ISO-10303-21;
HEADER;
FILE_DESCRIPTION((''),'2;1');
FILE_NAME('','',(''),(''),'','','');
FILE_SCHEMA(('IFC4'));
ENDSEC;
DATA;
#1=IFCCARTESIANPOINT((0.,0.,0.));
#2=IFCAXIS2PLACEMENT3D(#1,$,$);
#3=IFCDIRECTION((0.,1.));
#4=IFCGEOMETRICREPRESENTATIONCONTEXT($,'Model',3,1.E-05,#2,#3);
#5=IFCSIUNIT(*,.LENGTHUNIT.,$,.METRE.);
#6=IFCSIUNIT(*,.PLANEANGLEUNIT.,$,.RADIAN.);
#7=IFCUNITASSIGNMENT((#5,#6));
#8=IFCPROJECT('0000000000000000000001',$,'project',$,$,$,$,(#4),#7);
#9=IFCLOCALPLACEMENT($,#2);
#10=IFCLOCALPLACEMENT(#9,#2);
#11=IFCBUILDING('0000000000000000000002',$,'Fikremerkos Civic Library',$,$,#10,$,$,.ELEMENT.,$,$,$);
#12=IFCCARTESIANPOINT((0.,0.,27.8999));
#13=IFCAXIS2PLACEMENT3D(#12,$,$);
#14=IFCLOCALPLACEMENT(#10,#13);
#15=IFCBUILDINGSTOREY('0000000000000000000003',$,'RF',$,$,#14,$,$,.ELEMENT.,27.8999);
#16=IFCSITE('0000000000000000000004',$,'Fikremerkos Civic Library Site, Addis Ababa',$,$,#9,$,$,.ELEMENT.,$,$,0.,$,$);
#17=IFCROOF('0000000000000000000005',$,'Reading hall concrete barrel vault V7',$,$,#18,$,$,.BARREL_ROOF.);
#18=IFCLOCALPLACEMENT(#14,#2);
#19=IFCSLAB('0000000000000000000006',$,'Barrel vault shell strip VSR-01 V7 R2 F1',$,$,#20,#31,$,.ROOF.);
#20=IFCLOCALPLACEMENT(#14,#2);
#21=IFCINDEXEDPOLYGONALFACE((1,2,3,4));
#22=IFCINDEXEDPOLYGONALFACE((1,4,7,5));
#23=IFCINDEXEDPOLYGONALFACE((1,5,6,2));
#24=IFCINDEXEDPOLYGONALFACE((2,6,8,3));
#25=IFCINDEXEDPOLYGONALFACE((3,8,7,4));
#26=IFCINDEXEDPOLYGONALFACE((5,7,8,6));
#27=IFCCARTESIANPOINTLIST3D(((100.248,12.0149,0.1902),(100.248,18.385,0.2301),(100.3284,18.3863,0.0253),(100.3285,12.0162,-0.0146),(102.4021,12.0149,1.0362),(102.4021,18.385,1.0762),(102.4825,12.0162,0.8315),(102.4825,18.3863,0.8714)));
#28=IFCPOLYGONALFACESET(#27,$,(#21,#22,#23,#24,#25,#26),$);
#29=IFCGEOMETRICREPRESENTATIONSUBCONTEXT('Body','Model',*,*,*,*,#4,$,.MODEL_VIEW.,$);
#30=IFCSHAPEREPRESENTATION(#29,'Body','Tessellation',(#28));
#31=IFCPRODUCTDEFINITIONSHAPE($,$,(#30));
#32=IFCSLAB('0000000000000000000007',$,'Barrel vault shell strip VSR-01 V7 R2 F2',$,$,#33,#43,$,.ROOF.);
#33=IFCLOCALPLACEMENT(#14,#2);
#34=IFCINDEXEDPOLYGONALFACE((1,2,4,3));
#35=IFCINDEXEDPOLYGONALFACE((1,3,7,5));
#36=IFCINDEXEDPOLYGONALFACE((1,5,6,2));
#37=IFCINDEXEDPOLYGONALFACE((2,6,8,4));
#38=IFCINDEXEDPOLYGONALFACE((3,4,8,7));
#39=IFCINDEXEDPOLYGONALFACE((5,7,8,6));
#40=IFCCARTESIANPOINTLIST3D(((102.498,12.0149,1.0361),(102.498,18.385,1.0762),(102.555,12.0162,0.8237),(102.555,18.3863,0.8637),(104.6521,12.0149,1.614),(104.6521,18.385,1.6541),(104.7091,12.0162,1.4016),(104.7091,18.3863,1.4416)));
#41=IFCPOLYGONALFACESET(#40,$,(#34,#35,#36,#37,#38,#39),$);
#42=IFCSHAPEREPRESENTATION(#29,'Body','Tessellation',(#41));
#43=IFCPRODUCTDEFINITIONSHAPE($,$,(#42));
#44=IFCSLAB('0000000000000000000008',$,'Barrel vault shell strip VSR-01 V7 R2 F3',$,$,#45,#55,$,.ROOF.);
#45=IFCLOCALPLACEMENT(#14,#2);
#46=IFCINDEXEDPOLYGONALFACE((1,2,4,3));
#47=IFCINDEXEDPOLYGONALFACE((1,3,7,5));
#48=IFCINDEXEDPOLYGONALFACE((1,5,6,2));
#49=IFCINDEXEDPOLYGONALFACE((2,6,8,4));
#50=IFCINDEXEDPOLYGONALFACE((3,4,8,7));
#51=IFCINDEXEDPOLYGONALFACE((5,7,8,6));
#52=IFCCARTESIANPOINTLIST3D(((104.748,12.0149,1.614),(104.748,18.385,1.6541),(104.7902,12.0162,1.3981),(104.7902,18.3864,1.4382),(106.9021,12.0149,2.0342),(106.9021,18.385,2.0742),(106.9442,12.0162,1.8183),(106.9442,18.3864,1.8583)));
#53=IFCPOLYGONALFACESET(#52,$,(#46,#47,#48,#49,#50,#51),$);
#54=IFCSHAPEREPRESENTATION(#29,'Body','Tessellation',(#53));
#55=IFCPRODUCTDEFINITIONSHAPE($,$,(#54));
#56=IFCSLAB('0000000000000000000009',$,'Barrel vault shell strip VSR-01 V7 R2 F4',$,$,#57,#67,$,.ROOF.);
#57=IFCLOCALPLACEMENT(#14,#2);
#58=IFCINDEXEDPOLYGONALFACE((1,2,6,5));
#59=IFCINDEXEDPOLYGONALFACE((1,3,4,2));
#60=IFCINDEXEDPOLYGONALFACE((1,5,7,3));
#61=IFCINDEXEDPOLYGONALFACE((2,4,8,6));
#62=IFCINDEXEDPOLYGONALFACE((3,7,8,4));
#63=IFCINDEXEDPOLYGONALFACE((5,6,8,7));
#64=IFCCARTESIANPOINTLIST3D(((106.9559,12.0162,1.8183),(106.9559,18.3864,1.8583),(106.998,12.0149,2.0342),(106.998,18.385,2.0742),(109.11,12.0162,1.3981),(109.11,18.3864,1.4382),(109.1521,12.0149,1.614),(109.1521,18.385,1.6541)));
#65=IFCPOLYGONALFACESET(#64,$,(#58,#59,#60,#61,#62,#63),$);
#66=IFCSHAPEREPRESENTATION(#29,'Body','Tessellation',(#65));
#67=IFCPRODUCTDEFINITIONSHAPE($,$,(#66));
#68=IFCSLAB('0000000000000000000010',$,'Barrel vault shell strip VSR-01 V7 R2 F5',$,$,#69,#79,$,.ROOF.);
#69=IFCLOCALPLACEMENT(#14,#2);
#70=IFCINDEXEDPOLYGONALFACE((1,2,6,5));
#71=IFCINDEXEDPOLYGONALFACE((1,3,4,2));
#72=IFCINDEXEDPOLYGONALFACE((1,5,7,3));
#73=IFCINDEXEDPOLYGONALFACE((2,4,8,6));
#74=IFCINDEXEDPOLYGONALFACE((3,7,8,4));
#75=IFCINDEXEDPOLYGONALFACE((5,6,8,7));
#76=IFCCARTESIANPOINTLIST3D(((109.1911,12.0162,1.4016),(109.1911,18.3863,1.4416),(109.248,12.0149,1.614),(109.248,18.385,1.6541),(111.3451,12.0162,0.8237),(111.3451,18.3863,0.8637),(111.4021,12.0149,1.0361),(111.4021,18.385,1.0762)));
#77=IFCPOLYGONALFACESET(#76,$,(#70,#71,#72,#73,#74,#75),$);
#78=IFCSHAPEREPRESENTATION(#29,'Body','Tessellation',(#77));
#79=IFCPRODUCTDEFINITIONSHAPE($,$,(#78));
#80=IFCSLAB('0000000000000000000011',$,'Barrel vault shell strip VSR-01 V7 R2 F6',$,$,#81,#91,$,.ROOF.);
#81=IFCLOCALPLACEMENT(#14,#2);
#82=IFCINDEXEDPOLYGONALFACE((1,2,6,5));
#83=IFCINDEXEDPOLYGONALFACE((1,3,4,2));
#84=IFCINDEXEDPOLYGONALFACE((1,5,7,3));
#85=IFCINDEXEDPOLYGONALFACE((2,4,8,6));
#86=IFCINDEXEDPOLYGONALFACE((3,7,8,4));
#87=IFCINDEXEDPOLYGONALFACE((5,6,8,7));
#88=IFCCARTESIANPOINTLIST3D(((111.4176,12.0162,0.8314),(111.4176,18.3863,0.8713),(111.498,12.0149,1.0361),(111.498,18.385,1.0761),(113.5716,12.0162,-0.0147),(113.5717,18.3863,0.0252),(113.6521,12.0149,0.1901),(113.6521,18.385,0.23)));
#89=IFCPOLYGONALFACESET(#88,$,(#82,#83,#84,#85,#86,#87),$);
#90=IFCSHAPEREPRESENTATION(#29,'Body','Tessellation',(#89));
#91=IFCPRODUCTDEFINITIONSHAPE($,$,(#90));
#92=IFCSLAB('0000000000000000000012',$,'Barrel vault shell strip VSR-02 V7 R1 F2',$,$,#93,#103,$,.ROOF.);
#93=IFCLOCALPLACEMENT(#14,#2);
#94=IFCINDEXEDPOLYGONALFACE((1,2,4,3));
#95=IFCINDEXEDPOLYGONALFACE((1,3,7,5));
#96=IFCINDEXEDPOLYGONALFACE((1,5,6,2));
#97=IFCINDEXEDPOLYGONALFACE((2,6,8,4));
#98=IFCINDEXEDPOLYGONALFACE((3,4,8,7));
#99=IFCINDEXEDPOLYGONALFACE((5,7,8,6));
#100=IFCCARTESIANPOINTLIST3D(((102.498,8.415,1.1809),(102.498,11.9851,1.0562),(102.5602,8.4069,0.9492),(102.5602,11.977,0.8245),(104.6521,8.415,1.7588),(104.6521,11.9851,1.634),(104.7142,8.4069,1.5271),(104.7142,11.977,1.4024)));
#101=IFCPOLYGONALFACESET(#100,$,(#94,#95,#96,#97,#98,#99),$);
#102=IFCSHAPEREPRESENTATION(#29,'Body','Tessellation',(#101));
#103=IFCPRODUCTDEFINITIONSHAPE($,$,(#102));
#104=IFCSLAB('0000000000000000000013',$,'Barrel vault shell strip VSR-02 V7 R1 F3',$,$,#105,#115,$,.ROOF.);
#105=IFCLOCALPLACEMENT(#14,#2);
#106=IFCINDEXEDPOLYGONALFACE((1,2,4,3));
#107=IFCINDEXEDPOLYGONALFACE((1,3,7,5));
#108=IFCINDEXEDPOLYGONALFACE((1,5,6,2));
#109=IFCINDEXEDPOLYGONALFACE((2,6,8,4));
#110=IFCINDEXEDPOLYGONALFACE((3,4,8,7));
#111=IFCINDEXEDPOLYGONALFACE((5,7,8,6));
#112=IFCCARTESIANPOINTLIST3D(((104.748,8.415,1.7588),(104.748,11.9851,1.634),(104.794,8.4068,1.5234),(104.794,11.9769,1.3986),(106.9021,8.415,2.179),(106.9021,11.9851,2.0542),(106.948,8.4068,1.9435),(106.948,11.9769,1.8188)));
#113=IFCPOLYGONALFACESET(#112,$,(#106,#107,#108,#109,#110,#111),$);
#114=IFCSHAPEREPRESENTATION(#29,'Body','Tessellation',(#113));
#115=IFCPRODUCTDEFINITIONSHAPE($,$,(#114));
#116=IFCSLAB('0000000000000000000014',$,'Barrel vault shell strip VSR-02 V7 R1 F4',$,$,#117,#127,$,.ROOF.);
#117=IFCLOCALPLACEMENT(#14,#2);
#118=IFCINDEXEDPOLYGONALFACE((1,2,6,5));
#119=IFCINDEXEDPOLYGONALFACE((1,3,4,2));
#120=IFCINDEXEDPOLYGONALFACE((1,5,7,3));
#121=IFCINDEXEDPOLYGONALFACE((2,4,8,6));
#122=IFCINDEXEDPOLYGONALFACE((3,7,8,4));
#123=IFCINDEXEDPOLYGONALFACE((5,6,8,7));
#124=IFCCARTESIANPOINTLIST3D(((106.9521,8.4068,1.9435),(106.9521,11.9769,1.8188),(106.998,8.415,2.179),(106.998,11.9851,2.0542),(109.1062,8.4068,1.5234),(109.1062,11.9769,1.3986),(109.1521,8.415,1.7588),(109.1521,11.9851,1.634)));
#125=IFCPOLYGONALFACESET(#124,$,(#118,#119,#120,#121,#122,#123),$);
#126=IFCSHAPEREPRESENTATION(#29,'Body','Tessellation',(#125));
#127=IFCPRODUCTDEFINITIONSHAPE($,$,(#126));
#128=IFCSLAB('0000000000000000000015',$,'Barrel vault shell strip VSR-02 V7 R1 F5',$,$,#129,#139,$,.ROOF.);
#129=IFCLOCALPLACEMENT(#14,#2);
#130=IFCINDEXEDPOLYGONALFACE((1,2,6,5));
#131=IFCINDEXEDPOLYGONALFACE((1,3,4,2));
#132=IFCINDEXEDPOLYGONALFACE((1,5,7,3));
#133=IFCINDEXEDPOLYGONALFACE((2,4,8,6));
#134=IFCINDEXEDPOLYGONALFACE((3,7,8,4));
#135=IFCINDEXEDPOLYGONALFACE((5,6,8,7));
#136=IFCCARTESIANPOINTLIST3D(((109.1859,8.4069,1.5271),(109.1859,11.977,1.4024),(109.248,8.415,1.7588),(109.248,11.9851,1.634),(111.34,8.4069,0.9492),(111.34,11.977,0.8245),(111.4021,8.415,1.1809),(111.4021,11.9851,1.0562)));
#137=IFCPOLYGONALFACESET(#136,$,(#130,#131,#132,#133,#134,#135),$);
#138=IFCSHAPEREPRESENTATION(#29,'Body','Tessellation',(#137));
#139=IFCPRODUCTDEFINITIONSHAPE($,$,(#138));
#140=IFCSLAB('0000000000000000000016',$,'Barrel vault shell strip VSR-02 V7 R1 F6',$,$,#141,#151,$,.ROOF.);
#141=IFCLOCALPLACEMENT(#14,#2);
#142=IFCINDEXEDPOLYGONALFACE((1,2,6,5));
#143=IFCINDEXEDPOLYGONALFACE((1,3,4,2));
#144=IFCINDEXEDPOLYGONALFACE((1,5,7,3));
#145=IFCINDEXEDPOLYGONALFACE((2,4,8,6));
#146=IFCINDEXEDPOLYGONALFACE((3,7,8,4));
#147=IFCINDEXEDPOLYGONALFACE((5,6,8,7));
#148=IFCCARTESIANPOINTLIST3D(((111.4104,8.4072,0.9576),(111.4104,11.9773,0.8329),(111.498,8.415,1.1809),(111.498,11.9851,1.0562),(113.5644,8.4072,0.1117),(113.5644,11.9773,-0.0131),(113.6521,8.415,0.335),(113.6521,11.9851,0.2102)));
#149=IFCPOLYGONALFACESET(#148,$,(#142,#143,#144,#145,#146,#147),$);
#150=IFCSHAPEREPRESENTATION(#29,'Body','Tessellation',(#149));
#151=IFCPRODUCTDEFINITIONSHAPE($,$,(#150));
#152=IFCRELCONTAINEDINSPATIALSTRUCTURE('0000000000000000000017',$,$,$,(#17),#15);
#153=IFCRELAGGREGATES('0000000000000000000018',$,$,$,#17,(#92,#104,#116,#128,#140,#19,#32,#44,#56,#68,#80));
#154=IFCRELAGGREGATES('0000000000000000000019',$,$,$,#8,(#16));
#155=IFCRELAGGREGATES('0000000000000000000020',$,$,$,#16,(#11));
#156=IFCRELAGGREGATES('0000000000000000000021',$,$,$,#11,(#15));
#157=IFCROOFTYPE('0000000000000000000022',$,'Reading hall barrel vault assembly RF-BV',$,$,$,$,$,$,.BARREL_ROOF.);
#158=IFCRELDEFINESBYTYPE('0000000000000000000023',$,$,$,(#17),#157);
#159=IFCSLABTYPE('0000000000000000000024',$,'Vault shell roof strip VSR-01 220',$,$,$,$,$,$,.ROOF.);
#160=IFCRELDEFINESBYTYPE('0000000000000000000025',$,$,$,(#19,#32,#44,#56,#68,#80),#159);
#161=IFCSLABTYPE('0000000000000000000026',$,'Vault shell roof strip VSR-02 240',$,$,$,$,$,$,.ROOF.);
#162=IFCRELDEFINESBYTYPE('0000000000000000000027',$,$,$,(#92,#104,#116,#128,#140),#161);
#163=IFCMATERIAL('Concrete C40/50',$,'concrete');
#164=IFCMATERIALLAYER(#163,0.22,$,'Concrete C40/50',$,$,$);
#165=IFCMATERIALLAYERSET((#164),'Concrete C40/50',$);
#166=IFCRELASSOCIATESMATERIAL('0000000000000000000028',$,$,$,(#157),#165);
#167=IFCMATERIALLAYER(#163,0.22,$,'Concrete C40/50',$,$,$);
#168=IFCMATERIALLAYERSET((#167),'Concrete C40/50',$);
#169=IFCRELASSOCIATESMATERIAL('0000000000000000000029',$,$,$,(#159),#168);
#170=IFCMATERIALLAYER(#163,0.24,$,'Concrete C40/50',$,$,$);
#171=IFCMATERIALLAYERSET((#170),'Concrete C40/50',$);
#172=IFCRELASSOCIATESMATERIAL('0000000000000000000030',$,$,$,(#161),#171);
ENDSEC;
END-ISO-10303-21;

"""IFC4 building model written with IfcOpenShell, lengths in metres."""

from ifc_helpers import new_model, si_unit, direction, frame, origin, place, context, subcontext, project, spatial, polyline, outline, extrude, material, layer, layer_set, type_object, element, aggregate, save


model = new_model("IFC4")

# Units and contexts
model_context = context("Model", 3, precision=1e-05, world=origin(), true_north=direction((0.0, 1.0)))
body_context = subcontext(model_context, "Body", "Model", "MODEL_VIEW")
ifc_project = project(units=[si_unit("LENGTHUNIT", "METRE"), si_unit("PLANEANGLEUNIT", "RADIAN")], contexts=[model_context])

# Site, building, storey
site_placement = place(None, origin())
site = spatial("IfcSite", under=ifc_project, at=site_placement, Name="Fikremerkos Civic Library Site, Addis Ababa", CompositionType="ELEMENT", RefElevation=0.0)
building_placement = place(site_placement, origin())
building = spatial("IfcBuilding", under=site, at=building_placement, Name="Fikremerkos Civic Library", CompositionType="ELEMENT")
storey_placement = place(building_placement, frame((0.0, 0.0, 27.8999)))
storey = spatial("IfcBuildingStorey", under=building, at=storey_placement, Name="RF", CompositionType="ELEMENT", Elevation=27.8999)

# Roof, slabs
ifc_material_1 = material(Name="Concrete C40/50", Category="concrete")
ifc_layer_1 = layer(ifc_material_1, 0.22, Name="Concrete C40/50")
ifc_layer_set_1 = layer_set([ifc_layer_1], Name="Concrete C40/50")
roof_type = type_object("IfcRoofType", Name="Reading hall barrel vault assembly RF-BV", PredefinedType="BARREL_ROOF", material=ifc_layer_set_1)
roof_placement = place(storey_placement, origin())
roof = element("IfcRoof", 1, at=roof_placement, inside=storey, type_object=roof_type, Name="Reading hall concrete barrel vault V7", PredefinedType="BARREL_ROOF")
ifc_layer_2 = layer(ifc_material_1, 0.22, Name="Concrete C40/50")
ifc_layer_set_2 = layer_set([ifc_layer_2], Name="Concrete C40/50")
slab_type_1 = type_object("IfcSlabType", Name="Vault shell roof strip VSR-01 220", PredefinedType="ROOF", material=ifc_layer_set_2)
slab_1_placement = place(storey_placement, frame((100.248, 12.0149, 0.1902), z_axis=(-0.365584, -0.005832, 0.93076), x_axis=(0.930776, 0.0, 0.36559)))
slab_1 = element("IfcSlab", 2, at=slab_1_placement, type_object=slab_type_1, Name="Barrel vault shell strip VSR-01 V7 R2 F1", PredefinedType="ROOF", context=body_context, shape_type="SweptSolid", body=[
    extrude(outline(polyline([(0.0, 0.0), (2.3142, 0.0), (2.3288, 6.3702), (0.0145, 6.3702), (0.0, 0.0)])), origin(), (0.0, 0.0, -1.0), 0.22),
])
slab_2_placement = place(storey_placement, frame((102.498, 12.0149, 1.0361), z_axis=(-0.259109, -0.006071, 0.965829), x_axis=(0.965847, 0.0, 0.259114)))
slab_2 = element("IfcSlab", 3, at=slab_2_placement, type_object=slab_type_1, Name="Barrel vault shell strip VSR-01 V7 R2 F2", PredefinedType="ROOF", context=body_context, shape_type="SweptSolid", body=[
    extrude(outline(polyline([(0.0, 0.0), (2.2302, 0.0), (2.2406, 6.3702), (0.0104, 6.3702), (0.0, 0.0)])), origin(), (0.0, 0.0, -1.0), 0.22),
])
slab_3_placement = place(storey_placement, frame((104.748, 12.0149, 1.614), z_axis=(-0.191447, -0.006169, 0.981484), x_axis=(0.981502, 0.0, 0.19145)))
slab_3 = element("IfcSlab", 4, at=slab_3_placement, type_object=slab_type_1, Name="Barrel vault shell strip VSR-01 V7 R2 F3", PredefinedType="ROOF", context=body_context, shape_type="SweptSolid", body=[
    extrude(outline(polyline([(0.0, 0.0), (2.1946, 0.0), (2.2023, 6.3702), (0.0077, 6.3702), (0.0, 0.0)])), origin(), (0.0, 0.0, -1.0), 0.22),
])
slab_4_placement = place(storey_placement, frame((106.998, 12.0149, 2.0342), z_axis=(0.191447, -0.006169, 0.981484), x_axis=(0.981502, 0.0, -0.19145)))
slab_4 = element("IfcSlab", 5, at=slab_4_placement, type_object=slab_type_1, Name="Barrel vault shell strip VSR-01 V7 R2 F4", PredefinedType="ROOF", context=body_context, shape_type="SweptSolid", body=[
    extrude(outline(polyline([(0.0, 0.0), (2.1946, 0.0), (2.187, 6.3702), (-0.0077, 6.3702), (0.0, 0.0)])), origin(), (0.0, 0.0, -1.0), 0.22),
])
slab_5_placement = place(storey_placement, frame((109.248, 12.0149, 1.614), z_axis=(0.259109, -0.006071, 0.965829), x_axis=(0.965847, 0.0, -0.259114)))
slab_5 = element("IfcSlab", 6, at=slab_5_placement, type_object=slab_type_1, Name="Barrel vault shell strip VSR-01 V7 R2 F5", PredefinedType="ROOF", context=body_context, shape_type="SweptSolid", body=[
    extrude(outline(polyline([(0.0, 0.0), (2.2302, 0.0), (2.2198, 6.3702), (-0.0104, 6.3702), (0.0, 0.0)])), origin(), (0.0, 0.0, -1.0), 0.22),
])
slab_6_placement = place(storey_placement, frame((111.498, 12.0149, 1.0361), z_axis=(0.365584, -0.005832, 0.93076), x_axis=(0.930776, 0.0, -0.36559)))
slab_6 = element("IfcSlab", 7, at=slab_6_placement, type_object=slab_type_1, Name="Barrel vault shell strip VSR-01 V7 R2 F6", PredefinedType="ROOF", context=body_context, shape_type="SweptSolid", body=[
    extrude(outline(polyline([(0.0, 0.0), (2.3142, 0.0), (2.2997, 6.3702), (-0.0146, 6.3702), (0.0, 0.0)])), origin(), (0.0, 0.0, -1.0), 0.22),
])
ifc_layer_3 = layer(ifc_material_1, 0.24, Name="Concrete C40/50")
ifc_layer_set_3 = layer_set([ifc_layer_3], Name="Concrete C40/50")
slab_type_2 = type_object("IfcSlabType", Name="Vault shell roof strip VSR-02 240", PredefinedType="ROOF", material=ifc_layer_set_3)
slab_7_placement = place(storey_placement, frame((102.498, 8.415, 1.1809), z_axis=(-0.258966, 0.033732, 0.965297), x_axis=(0.965847, 0.0, 0.259114)))
slab_7 = element("IfcSlab", 8, at=slab_7_placement, type_object=slab_type_2, Name="Barrel vault shell strip VSR-02 V7 R1 F2", PredefinedType="ROOF", context=body_context, shape_type="SweptSolid", body=[
    extrude(outline(polyline([(0.0, 0.0), (2.2302, 0.0), (2.1979, 3.5721), (-0.0323, 3.5721), (0.0, 0.0)])), origin(), (0.0, 0.0, -1.0), 0.24),
])
slab_8_placement = place(storey_placement, frame((104.748, 8.415, 1.7588), z_axis=(-0.191338, 0.034278, 0.980926), x_axis=(0.981502, 0.0, 0.19145)))
slab_8 = element("IfcSlab", 9, at=slab_8_placement, type_object=slab_type_2, Name="Barrel vault shell strip VSR-02 V7 R1 F3", PredefinedType="ROOF", context=body_context, shape_type="SweptSolid", body=[
    extrude(outline(polyline([(0.0, 0.0), (2.1946, 0.0), (2.1708, 3.5722), (-0.0239, 3.5722), (0.0, 0.0)])), origin(), (0.0, 0.0, -1.0), 0.24),
])
slab_9_placement = place(storey_placement, frame((106.998, 8.415, 2.179), z_axis=(0.191338, 0.034278, 0.980926), x_axis=(0.981502, 0.0, -0.19145)))
slab_9 = element("IfcSlab", 10, at=slab_9_placement, type_object=slab_type_2, Name="Barrel vault shell strip VSR-02 V7 R1 F4", PredefinedType="ROOF", context=body_context, shape_type="SweptSolid", body=[
    extrude(outline(polyline([(0.0, 0.0), (2.1946, 0.0), (2.2185, 3.5722), (0.0239, 3.5722), (0.0, 0.0)])), origin(), (0.0, 0.0, -1.0), 0.24),
])
slab_10_placement = place(storey_placement, frame((109.248, 8.415, 1.7588), z_axis=(0.258966, 0.033732, 0.965297), x_axis=(0.965847, 0.0, -0.259114)))
slab_10 = element("IfcSlab", 11, at=slab_10_placement, type_object=slab_type_2, Name="Barrel vault shell strip VSR-02 V7 R1 F5", PredefinedType="ROOF", context=body_context, shape_type="SweptSolid", body=[
    extrude(outline(polyline([(0.0, 0.0), (2.2302, 0.0), (2.2625, 3.5721), (0.0323, 3.5721), (0.0, 0.0)])), origin(), (0.0, 0.0, -1.0), 0.24),
])
slab_11_placement = place(storey_placement, frame((111.498, 8.415, 1.1809), z_axis=(0.365351, 0.032509, 0.930302), x_axis=(0.930794, 0.0, -0.365545)))
slab_11 = element("IfcSlab", 12, at=slab_11_placement, type_object=slab_type_2, Name="Barrel vault shell strip VSR-02 V7 R1 F6", PredefinedType="ROOF", context=body_context, shape_type="SweptSolid", body=[
    extrude(outline(polyline([(0.0, 0.0), (2.3142, 0.0), (2.3598, 3.572), (0.0456, 3.572), (0.0, 0.0)])), origin(), (0.0, 0.0, -1.0), 0.24),
])
aggregate(roof, [slab_7, slab_8, slab_9, slab_10, slab_11, slab_1, slab_2, slab_3, slab_4, slab_5, slab_6])

save(model, "model.ifc")
